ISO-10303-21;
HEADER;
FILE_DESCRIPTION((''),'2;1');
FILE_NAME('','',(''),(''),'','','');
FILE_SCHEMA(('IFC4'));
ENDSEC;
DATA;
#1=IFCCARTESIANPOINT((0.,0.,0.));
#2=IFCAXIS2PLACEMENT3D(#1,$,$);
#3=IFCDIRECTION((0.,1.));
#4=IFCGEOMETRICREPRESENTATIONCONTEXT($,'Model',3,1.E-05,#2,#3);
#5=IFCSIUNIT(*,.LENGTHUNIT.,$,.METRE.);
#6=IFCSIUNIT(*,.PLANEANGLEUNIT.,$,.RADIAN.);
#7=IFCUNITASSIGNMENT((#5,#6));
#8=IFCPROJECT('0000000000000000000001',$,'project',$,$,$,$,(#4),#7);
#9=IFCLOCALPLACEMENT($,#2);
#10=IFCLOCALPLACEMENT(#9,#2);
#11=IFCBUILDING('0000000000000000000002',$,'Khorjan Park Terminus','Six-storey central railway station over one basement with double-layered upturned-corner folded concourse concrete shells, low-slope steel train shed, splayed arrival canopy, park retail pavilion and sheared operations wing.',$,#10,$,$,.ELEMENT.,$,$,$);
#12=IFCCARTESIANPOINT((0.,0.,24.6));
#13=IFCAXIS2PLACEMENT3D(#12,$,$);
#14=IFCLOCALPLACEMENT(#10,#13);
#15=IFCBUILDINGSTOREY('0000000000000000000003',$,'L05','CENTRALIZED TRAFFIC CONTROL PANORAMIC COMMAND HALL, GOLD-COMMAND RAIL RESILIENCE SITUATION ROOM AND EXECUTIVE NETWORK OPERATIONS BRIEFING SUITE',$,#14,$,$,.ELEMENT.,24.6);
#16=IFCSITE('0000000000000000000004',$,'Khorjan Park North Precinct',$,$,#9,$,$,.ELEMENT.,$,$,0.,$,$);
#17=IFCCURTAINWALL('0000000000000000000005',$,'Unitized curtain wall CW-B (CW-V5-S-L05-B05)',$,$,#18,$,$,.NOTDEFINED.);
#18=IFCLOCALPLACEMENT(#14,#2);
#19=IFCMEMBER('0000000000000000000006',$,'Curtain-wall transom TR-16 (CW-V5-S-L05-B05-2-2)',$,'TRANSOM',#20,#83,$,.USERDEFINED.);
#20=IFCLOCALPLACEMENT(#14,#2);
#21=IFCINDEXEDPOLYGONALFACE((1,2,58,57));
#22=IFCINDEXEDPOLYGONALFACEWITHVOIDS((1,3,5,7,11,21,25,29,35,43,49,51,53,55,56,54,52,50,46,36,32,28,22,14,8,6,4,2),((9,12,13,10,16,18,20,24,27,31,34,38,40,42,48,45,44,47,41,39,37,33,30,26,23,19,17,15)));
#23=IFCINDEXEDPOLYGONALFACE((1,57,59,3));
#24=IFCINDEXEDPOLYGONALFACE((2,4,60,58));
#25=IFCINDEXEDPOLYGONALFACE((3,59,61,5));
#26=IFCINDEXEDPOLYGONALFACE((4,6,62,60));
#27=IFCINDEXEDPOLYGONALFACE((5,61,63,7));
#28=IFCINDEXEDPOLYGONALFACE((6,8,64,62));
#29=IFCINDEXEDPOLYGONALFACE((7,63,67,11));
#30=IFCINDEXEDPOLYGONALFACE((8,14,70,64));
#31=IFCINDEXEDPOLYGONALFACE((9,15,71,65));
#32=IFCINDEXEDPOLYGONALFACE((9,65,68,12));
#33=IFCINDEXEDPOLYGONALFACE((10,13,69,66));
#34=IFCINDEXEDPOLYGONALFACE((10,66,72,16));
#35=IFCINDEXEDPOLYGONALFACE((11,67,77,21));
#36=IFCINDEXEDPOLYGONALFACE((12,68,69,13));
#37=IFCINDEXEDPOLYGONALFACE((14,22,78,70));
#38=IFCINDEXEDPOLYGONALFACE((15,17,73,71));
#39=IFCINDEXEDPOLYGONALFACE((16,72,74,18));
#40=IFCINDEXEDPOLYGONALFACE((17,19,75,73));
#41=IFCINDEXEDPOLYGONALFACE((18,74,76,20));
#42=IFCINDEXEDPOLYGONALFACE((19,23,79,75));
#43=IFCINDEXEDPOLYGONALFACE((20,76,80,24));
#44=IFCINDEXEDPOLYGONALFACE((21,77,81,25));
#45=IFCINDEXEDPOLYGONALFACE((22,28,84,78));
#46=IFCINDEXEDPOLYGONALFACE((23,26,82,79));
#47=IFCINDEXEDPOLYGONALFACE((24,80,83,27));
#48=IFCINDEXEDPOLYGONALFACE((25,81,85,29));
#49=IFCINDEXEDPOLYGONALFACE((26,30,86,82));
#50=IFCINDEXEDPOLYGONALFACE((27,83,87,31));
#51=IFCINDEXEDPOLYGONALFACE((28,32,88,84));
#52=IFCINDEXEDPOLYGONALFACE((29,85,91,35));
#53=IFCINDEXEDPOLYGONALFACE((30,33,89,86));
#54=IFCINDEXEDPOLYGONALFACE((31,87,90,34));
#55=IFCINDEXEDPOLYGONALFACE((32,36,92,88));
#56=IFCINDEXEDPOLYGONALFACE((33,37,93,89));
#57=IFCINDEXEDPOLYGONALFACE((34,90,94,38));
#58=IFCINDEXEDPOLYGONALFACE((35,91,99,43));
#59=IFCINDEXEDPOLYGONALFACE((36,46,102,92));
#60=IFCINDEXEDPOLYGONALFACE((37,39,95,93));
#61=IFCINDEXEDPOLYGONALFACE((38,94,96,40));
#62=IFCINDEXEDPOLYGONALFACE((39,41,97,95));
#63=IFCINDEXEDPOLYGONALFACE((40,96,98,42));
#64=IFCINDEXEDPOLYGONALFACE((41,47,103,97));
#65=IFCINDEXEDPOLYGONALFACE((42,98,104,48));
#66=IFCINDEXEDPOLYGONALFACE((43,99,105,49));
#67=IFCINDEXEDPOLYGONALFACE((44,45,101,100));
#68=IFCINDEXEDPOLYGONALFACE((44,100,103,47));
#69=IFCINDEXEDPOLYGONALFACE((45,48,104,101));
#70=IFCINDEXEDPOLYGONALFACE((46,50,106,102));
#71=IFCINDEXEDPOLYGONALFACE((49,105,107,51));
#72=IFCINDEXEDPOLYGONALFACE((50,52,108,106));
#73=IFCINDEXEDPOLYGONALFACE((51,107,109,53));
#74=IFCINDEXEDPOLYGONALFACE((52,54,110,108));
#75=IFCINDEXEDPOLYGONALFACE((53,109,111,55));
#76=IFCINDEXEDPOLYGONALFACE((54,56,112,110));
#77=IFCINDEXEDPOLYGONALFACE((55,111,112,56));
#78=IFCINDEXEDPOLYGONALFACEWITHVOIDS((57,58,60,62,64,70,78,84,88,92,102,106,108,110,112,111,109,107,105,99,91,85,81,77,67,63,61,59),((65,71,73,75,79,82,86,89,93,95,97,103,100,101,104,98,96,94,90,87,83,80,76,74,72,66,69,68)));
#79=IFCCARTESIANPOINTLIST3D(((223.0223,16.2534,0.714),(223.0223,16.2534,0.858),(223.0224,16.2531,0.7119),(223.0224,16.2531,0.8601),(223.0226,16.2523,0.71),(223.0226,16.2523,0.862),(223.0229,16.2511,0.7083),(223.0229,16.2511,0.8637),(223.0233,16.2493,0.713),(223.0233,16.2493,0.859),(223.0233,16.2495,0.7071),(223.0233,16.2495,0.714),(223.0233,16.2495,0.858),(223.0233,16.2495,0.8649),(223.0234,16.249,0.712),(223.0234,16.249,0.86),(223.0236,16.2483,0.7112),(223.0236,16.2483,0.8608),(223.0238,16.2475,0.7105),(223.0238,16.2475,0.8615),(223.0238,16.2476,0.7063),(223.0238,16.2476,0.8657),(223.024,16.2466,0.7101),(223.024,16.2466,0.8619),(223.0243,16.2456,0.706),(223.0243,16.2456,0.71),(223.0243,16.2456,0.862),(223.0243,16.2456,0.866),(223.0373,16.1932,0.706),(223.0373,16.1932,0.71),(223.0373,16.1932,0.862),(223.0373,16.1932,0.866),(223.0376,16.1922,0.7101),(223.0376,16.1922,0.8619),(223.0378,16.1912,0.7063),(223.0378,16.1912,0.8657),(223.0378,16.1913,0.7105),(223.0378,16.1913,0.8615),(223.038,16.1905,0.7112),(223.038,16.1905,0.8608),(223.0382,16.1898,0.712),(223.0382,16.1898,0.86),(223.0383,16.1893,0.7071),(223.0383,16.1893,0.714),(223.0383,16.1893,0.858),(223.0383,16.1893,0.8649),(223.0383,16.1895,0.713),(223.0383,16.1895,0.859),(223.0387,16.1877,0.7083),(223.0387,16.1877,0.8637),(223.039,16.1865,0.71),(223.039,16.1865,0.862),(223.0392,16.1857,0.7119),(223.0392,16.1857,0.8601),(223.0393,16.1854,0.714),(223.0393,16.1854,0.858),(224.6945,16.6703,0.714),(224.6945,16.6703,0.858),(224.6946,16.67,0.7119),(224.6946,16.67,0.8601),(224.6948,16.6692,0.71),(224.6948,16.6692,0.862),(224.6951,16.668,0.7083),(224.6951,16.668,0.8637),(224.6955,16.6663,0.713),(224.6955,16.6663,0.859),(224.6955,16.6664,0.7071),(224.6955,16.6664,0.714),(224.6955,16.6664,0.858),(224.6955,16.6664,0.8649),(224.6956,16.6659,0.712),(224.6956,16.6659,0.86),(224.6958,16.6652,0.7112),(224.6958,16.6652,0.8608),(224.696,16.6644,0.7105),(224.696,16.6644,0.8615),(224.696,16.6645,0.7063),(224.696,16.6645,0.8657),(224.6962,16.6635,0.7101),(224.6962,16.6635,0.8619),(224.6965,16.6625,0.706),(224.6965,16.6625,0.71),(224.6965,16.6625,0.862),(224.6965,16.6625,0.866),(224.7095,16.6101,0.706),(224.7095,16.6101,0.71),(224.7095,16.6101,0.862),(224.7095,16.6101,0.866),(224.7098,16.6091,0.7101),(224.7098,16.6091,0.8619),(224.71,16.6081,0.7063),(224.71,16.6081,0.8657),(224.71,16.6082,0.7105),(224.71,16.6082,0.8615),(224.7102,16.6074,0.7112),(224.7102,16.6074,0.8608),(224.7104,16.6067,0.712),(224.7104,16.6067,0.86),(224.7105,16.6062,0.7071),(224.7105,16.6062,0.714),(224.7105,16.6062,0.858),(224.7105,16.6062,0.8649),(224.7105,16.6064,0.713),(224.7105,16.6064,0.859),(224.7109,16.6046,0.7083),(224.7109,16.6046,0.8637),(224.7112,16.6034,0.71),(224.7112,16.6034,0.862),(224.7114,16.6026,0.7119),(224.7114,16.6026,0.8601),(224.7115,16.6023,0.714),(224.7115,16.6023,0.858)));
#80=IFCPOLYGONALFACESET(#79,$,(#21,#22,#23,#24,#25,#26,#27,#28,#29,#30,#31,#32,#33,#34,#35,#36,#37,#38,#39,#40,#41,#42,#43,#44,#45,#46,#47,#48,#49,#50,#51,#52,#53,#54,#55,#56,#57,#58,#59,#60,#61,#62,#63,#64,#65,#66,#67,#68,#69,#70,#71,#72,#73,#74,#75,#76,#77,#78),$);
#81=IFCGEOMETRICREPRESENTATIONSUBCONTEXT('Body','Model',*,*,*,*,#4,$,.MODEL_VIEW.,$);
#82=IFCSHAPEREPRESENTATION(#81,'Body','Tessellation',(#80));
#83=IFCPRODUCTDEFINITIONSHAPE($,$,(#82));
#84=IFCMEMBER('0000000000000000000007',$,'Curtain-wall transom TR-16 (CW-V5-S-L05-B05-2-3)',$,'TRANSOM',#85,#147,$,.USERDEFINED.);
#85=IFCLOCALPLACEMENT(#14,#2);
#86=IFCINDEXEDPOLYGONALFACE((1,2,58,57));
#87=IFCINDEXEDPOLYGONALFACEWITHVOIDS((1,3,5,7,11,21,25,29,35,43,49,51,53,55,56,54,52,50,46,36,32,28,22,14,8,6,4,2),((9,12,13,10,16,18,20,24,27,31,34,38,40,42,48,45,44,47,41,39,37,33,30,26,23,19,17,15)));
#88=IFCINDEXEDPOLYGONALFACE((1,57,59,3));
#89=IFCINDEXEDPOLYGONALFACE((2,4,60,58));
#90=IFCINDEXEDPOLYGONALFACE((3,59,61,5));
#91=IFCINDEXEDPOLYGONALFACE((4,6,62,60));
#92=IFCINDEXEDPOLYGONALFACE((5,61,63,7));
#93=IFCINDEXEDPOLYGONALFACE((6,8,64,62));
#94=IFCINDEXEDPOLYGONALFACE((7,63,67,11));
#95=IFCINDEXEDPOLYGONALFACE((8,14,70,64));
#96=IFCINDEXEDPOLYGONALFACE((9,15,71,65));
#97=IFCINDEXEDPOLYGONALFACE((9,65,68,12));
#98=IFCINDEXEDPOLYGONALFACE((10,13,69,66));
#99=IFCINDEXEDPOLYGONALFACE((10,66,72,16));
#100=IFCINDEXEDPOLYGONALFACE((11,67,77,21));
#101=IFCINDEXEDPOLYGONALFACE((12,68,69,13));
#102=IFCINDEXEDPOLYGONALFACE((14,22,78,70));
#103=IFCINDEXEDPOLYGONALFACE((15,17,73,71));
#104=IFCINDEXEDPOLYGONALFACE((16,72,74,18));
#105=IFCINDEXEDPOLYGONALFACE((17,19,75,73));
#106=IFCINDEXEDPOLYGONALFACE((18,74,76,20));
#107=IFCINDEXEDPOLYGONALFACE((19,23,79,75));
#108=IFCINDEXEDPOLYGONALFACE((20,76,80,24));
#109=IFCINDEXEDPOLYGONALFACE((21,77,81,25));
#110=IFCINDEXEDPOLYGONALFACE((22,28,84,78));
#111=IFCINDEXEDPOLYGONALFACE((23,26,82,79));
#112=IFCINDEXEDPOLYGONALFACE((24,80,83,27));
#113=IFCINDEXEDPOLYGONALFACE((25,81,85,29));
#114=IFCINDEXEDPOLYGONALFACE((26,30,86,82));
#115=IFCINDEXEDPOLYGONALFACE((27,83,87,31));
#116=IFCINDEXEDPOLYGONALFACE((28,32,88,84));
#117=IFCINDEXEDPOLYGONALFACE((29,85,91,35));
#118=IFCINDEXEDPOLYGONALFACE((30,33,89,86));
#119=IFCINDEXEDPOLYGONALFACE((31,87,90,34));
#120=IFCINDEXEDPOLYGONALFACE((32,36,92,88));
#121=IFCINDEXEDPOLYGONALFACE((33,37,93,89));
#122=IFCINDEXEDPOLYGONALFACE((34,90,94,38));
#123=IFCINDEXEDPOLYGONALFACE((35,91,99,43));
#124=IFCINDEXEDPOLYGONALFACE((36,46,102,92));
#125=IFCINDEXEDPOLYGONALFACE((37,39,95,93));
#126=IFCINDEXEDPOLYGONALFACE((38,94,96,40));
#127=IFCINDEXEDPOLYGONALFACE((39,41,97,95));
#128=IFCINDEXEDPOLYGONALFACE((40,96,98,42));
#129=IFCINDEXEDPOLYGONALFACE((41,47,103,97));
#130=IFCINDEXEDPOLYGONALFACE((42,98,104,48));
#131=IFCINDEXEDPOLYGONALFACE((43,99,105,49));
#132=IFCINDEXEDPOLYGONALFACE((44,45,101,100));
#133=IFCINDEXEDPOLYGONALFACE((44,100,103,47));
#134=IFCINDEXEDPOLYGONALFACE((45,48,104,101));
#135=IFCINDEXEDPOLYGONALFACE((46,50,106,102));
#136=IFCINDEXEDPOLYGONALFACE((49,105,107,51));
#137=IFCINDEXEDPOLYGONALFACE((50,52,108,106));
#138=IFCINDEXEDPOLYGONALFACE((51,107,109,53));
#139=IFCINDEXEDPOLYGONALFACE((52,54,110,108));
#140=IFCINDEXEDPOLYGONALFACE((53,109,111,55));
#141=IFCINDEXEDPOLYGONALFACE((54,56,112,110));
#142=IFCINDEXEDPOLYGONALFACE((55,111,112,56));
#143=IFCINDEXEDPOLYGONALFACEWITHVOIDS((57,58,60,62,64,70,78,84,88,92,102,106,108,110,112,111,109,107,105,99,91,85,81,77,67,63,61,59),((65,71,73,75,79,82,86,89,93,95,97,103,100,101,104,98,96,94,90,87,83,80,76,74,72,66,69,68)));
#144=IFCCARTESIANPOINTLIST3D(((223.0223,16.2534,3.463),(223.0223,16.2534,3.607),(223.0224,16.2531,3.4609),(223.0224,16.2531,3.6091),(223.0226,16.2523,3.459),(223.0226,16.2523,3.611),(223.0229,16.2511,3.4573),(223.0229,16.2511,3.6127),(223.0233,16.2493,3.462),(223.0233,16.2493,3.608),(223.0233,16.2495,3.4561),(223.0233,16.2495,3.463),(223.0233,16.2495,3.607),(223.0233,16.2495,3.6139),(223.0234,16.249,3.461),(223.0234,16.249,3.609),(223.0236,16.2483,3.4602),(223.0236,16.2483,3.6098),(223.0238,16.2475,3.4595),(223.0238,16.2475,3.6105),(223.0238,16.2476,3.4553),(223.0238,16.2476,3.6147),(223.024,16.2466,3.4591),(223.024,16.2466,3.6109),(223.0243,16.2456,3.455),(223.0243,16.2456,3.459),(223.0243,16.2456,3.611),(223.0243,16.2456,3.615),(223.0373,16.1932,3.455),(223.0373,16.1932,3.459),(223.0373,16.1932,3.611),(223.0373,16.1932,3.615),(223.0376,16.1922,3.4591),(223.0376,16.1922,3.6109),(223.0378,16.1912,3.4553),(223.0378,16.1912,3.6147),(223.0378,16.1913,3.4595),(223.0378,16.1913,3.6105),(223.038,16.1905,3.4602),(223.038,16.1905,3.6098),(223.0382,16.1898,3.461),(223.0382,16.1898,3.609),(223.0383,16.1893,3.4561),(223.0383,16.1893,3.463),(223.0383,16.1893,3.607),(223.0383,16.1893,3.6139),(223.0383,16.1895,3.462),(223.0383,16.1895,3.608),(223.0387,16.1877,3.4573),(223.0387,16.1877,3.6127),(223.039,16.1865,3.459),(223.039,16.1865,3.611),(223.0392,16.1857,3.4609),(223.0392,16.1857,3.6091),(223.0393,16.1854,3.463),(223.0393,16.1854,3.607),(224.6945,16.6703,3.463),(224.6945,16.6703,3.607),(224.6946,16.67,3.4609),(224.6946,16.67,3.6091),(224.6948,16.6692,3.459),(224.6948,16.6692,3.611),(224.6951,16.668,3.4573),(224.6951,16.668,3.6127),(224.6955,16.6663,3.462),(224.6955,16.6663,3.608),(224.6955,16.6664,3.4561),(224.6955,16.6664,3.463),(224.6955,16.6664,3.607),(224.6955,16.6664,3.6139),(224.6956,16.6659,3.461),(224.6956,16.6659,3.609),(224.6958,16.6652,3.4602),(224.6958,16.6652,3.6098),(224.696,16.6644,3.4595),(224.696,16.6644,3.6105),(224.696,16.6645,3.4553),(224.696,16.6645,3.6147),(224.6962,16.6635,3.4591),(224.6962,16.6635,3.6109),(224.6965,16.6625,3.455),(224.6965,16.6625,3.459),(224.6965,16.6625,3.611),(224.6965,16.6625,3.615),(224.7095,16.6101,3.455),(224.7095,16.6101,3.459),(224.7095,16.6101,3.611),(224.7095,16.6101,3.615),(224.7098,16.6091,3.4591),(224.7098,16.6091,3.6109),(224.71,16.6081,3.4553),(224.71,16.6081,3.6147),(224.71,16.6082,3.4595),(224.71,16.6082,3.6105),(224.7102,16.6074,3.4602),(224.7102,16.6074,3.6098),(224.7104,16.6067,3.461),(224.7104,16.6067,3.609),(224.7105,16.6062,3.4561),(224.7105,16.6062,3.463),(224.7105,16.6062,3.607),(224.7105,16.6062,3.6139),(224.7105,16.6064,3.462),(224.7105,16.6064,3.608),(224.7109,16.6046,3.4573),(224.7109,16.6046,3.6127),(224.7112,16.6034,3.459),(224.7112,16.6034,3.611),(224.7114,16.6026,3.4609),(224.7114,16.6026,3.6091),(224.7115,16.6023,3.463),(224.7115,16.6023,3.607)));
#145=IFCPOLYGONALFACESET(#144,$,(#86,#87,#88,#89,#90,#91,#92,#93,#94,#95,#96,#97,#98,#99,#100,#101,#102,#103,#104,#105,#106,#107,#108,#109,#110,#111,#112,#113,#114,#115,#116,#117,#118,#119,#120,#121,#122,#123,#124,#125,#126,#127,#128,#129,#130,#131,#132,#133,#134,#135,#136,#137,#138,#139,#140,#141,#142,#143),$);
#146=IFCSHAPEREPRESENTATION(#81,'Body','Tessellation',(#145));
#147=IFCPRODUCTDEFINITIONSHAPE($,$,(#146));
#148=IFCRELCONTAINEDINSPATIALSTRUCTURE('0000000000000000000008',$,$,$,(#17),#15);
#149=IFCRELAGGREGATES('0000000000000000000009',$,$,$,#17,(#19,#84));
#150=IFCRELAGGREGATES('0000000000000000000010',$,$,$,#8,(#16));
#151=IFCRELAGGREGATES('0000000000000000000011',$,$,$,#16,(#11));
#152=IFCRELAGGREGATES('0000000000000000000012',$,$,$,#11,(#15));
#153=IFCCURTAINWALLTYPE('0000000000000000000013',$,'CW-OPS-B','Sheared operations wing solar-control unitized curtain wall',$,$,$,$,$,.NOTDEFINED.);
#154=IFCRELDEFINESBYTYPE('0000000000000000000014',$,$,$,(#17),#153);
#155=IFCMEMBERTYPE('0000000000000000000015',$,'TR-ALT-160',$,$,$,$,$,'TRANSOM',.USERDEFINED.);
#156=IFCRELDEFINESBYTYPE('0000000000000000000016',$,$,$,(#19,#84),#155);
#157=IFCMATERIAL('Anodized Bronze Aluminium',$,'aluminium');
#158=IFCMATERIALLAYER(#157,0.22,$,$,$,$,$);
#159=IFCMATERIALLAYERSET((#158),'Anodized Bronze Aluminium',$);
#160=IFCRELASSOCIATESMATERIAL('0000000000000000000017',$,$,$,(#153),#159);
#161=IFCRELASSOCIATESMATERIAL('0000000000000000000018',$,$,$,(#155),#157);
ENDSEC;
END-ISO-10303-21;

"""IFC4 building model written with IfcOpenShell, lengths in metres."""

from ifc_helpers import new_model, si_unit, direction, frame, origin, origin_2d, place, context, subcontext, project, spatial, hollow_rectangle, extrude, material, layer, layer_set, material_profile, profile_set, type_object, element, aggregate, save


model = new_model("IFC4")

# Units and contexts
model_context = context("Model", 3, precision=1e-05, world=origin(), true_north=direction((0.0, 1.0)))
body_context = subcontext(model_context, "Body", "Model", "MODEL_VIEW")
ifc_project = project(units=[si_unit("LENGTHUNIT", "METRE"), si_unit("PLANEANGLEUNIT", "RADIAN")], contexts=[model_context])

# Site, building, storey
site_placement = place(None, origin())
site = spatial("IfcSite", under=ifc_project, at=site_placement, Name="Khorjan Park North Precinct", CompositionType="ELEMENT", RefElevation=0.0)
building_placement = place(site_placement, origin())
building = spatial("IfcBuilding", under=site, at=building_placement, Name="Khorjan Park Terminus", Description="Six-storey central railway station over one basement with double-layered upturned-corner folded concourse concrete shells, low-slope steel train shed, splayed arrival canopy, park retail pavilion and sheared operations wing.", CompositionType="ELEMENT")
storey_placement = place(building_placement, frame((0.0, 0.0, 24.6)))
storey = spatial("IfcBuildingStorey", under=building, at=storey_placement, Name="L05", Description="CENTRALIZED TRAFFIC CONTROL PANORAMIC COMMAND HALL, GOLD-COMMAND RAIL RESILIENCE SITUATION ROOM AND EXECUTIVE NETWORK OPERATIONS BRIEFING SUITE", CompositionType="ELEMENT", Elevation=24.6)

# Curtain wall, members
ifc_material_1 = material(Name="Anodized Bronze Aluminium", Category="aluminium")
ifc_layer_1 = layer(ifc_material_1, 0.22)
ifc_layer_set_1 = layer_set([ifc_layer_1], Name="Anodized Bronze Aluminium")
curtain_wall_type = type_object("IfcCurtainWallType", Name="CW-OPS-B", Description="Sheared operations wing solar-control unitized curtain wall", PredefinedType="NOTDEFINED", material=ifc_layer_set_1)
curtain_wall_placement = place(storey_placement, origin())
curtain_wall = element("IfcCurtainWall", 1, at=curtain_wall_placement, inside=storey, type_object=curtain_wall_type, Name="Unitized curtain wall CW-B (CW-V5-S-L05-B05)", PredefinedType="NOTDEFINED")
ifc_material_profile_1 = material_profile(ifc_material_1, hollow_rectangle(XDim=0.07, YDim=0.16, WallThickness=0.004, InnerFilletRadius=0.004, OuterFilletRadius=0.008, at=origin_2d()), Name="ALT 70x160x4")
ifc_profile_set_1 = profile_set([ifc_material_profile_1], Name="Anodized Bronze Aluminium")
member_type_1 = type_object("IfcMemberType", Name="TR-ALT-160", ElementType="TRANSOM", PredefinedType="USERDEFINED", material=ifc_profile_set_1)
member_1_placement = place(storey_placement, frame((223.0308, 16.2194, 0.786), z_axis=(0.970299, 0.241908, 0.0), x_axis=(-0.241908, 0.970299, 0.0)))
member_1 = element("IfcMember", 2, at=member_1_placement, type_object=member_type_1, Name="Curtain-wall transom TR-16 (CW-V5-S-L05-B05-2-2)", ObjectType="TRANSOM", PredefinedType="USERDEFINED", context=body_context, shape_type="SweptSolid", body=[
    extrude(hollow_rectangle(XDim=0.07, YDim=0.16, WallThickness=0.004, InnerFilletRadius=0.004, OuterFilletRadius=0.008, at=origin_2d()), origin(), (0.0, 0.0, 1.0), 1.7234),
])
member_2_placement = place(storey_placement, frame((223.0308, 16.2194, 3.535), z_axis=(0.970299, 0.241908, 0.0), x_axis=(-0.241908, 0.970299, 0.0)))
member_2 = element("IfcMember", 3, at=member_2_placement, type_object=member_type_1, Name="Curtain-wall transom TR-16 (CW-V5-S-L05-B05-2-3)", ObjectType="TRANSOM", PredefinedType="USERDEFINED", context=body_context, shape_type="SweptSolid", body=[
    extrude(hollow_rectangle(XDim=0.07, YDim=0.16, WallThickness=0.004, InnerFilletRadius=0.004, OuterFilletRadius=0.008, at=origin_2d()), origin(), (0.0, 0.0, 1.0), 1.7234),
])
aggregate(curtain_wall, [member_1, member_2])

save(model, "model.ifc")
